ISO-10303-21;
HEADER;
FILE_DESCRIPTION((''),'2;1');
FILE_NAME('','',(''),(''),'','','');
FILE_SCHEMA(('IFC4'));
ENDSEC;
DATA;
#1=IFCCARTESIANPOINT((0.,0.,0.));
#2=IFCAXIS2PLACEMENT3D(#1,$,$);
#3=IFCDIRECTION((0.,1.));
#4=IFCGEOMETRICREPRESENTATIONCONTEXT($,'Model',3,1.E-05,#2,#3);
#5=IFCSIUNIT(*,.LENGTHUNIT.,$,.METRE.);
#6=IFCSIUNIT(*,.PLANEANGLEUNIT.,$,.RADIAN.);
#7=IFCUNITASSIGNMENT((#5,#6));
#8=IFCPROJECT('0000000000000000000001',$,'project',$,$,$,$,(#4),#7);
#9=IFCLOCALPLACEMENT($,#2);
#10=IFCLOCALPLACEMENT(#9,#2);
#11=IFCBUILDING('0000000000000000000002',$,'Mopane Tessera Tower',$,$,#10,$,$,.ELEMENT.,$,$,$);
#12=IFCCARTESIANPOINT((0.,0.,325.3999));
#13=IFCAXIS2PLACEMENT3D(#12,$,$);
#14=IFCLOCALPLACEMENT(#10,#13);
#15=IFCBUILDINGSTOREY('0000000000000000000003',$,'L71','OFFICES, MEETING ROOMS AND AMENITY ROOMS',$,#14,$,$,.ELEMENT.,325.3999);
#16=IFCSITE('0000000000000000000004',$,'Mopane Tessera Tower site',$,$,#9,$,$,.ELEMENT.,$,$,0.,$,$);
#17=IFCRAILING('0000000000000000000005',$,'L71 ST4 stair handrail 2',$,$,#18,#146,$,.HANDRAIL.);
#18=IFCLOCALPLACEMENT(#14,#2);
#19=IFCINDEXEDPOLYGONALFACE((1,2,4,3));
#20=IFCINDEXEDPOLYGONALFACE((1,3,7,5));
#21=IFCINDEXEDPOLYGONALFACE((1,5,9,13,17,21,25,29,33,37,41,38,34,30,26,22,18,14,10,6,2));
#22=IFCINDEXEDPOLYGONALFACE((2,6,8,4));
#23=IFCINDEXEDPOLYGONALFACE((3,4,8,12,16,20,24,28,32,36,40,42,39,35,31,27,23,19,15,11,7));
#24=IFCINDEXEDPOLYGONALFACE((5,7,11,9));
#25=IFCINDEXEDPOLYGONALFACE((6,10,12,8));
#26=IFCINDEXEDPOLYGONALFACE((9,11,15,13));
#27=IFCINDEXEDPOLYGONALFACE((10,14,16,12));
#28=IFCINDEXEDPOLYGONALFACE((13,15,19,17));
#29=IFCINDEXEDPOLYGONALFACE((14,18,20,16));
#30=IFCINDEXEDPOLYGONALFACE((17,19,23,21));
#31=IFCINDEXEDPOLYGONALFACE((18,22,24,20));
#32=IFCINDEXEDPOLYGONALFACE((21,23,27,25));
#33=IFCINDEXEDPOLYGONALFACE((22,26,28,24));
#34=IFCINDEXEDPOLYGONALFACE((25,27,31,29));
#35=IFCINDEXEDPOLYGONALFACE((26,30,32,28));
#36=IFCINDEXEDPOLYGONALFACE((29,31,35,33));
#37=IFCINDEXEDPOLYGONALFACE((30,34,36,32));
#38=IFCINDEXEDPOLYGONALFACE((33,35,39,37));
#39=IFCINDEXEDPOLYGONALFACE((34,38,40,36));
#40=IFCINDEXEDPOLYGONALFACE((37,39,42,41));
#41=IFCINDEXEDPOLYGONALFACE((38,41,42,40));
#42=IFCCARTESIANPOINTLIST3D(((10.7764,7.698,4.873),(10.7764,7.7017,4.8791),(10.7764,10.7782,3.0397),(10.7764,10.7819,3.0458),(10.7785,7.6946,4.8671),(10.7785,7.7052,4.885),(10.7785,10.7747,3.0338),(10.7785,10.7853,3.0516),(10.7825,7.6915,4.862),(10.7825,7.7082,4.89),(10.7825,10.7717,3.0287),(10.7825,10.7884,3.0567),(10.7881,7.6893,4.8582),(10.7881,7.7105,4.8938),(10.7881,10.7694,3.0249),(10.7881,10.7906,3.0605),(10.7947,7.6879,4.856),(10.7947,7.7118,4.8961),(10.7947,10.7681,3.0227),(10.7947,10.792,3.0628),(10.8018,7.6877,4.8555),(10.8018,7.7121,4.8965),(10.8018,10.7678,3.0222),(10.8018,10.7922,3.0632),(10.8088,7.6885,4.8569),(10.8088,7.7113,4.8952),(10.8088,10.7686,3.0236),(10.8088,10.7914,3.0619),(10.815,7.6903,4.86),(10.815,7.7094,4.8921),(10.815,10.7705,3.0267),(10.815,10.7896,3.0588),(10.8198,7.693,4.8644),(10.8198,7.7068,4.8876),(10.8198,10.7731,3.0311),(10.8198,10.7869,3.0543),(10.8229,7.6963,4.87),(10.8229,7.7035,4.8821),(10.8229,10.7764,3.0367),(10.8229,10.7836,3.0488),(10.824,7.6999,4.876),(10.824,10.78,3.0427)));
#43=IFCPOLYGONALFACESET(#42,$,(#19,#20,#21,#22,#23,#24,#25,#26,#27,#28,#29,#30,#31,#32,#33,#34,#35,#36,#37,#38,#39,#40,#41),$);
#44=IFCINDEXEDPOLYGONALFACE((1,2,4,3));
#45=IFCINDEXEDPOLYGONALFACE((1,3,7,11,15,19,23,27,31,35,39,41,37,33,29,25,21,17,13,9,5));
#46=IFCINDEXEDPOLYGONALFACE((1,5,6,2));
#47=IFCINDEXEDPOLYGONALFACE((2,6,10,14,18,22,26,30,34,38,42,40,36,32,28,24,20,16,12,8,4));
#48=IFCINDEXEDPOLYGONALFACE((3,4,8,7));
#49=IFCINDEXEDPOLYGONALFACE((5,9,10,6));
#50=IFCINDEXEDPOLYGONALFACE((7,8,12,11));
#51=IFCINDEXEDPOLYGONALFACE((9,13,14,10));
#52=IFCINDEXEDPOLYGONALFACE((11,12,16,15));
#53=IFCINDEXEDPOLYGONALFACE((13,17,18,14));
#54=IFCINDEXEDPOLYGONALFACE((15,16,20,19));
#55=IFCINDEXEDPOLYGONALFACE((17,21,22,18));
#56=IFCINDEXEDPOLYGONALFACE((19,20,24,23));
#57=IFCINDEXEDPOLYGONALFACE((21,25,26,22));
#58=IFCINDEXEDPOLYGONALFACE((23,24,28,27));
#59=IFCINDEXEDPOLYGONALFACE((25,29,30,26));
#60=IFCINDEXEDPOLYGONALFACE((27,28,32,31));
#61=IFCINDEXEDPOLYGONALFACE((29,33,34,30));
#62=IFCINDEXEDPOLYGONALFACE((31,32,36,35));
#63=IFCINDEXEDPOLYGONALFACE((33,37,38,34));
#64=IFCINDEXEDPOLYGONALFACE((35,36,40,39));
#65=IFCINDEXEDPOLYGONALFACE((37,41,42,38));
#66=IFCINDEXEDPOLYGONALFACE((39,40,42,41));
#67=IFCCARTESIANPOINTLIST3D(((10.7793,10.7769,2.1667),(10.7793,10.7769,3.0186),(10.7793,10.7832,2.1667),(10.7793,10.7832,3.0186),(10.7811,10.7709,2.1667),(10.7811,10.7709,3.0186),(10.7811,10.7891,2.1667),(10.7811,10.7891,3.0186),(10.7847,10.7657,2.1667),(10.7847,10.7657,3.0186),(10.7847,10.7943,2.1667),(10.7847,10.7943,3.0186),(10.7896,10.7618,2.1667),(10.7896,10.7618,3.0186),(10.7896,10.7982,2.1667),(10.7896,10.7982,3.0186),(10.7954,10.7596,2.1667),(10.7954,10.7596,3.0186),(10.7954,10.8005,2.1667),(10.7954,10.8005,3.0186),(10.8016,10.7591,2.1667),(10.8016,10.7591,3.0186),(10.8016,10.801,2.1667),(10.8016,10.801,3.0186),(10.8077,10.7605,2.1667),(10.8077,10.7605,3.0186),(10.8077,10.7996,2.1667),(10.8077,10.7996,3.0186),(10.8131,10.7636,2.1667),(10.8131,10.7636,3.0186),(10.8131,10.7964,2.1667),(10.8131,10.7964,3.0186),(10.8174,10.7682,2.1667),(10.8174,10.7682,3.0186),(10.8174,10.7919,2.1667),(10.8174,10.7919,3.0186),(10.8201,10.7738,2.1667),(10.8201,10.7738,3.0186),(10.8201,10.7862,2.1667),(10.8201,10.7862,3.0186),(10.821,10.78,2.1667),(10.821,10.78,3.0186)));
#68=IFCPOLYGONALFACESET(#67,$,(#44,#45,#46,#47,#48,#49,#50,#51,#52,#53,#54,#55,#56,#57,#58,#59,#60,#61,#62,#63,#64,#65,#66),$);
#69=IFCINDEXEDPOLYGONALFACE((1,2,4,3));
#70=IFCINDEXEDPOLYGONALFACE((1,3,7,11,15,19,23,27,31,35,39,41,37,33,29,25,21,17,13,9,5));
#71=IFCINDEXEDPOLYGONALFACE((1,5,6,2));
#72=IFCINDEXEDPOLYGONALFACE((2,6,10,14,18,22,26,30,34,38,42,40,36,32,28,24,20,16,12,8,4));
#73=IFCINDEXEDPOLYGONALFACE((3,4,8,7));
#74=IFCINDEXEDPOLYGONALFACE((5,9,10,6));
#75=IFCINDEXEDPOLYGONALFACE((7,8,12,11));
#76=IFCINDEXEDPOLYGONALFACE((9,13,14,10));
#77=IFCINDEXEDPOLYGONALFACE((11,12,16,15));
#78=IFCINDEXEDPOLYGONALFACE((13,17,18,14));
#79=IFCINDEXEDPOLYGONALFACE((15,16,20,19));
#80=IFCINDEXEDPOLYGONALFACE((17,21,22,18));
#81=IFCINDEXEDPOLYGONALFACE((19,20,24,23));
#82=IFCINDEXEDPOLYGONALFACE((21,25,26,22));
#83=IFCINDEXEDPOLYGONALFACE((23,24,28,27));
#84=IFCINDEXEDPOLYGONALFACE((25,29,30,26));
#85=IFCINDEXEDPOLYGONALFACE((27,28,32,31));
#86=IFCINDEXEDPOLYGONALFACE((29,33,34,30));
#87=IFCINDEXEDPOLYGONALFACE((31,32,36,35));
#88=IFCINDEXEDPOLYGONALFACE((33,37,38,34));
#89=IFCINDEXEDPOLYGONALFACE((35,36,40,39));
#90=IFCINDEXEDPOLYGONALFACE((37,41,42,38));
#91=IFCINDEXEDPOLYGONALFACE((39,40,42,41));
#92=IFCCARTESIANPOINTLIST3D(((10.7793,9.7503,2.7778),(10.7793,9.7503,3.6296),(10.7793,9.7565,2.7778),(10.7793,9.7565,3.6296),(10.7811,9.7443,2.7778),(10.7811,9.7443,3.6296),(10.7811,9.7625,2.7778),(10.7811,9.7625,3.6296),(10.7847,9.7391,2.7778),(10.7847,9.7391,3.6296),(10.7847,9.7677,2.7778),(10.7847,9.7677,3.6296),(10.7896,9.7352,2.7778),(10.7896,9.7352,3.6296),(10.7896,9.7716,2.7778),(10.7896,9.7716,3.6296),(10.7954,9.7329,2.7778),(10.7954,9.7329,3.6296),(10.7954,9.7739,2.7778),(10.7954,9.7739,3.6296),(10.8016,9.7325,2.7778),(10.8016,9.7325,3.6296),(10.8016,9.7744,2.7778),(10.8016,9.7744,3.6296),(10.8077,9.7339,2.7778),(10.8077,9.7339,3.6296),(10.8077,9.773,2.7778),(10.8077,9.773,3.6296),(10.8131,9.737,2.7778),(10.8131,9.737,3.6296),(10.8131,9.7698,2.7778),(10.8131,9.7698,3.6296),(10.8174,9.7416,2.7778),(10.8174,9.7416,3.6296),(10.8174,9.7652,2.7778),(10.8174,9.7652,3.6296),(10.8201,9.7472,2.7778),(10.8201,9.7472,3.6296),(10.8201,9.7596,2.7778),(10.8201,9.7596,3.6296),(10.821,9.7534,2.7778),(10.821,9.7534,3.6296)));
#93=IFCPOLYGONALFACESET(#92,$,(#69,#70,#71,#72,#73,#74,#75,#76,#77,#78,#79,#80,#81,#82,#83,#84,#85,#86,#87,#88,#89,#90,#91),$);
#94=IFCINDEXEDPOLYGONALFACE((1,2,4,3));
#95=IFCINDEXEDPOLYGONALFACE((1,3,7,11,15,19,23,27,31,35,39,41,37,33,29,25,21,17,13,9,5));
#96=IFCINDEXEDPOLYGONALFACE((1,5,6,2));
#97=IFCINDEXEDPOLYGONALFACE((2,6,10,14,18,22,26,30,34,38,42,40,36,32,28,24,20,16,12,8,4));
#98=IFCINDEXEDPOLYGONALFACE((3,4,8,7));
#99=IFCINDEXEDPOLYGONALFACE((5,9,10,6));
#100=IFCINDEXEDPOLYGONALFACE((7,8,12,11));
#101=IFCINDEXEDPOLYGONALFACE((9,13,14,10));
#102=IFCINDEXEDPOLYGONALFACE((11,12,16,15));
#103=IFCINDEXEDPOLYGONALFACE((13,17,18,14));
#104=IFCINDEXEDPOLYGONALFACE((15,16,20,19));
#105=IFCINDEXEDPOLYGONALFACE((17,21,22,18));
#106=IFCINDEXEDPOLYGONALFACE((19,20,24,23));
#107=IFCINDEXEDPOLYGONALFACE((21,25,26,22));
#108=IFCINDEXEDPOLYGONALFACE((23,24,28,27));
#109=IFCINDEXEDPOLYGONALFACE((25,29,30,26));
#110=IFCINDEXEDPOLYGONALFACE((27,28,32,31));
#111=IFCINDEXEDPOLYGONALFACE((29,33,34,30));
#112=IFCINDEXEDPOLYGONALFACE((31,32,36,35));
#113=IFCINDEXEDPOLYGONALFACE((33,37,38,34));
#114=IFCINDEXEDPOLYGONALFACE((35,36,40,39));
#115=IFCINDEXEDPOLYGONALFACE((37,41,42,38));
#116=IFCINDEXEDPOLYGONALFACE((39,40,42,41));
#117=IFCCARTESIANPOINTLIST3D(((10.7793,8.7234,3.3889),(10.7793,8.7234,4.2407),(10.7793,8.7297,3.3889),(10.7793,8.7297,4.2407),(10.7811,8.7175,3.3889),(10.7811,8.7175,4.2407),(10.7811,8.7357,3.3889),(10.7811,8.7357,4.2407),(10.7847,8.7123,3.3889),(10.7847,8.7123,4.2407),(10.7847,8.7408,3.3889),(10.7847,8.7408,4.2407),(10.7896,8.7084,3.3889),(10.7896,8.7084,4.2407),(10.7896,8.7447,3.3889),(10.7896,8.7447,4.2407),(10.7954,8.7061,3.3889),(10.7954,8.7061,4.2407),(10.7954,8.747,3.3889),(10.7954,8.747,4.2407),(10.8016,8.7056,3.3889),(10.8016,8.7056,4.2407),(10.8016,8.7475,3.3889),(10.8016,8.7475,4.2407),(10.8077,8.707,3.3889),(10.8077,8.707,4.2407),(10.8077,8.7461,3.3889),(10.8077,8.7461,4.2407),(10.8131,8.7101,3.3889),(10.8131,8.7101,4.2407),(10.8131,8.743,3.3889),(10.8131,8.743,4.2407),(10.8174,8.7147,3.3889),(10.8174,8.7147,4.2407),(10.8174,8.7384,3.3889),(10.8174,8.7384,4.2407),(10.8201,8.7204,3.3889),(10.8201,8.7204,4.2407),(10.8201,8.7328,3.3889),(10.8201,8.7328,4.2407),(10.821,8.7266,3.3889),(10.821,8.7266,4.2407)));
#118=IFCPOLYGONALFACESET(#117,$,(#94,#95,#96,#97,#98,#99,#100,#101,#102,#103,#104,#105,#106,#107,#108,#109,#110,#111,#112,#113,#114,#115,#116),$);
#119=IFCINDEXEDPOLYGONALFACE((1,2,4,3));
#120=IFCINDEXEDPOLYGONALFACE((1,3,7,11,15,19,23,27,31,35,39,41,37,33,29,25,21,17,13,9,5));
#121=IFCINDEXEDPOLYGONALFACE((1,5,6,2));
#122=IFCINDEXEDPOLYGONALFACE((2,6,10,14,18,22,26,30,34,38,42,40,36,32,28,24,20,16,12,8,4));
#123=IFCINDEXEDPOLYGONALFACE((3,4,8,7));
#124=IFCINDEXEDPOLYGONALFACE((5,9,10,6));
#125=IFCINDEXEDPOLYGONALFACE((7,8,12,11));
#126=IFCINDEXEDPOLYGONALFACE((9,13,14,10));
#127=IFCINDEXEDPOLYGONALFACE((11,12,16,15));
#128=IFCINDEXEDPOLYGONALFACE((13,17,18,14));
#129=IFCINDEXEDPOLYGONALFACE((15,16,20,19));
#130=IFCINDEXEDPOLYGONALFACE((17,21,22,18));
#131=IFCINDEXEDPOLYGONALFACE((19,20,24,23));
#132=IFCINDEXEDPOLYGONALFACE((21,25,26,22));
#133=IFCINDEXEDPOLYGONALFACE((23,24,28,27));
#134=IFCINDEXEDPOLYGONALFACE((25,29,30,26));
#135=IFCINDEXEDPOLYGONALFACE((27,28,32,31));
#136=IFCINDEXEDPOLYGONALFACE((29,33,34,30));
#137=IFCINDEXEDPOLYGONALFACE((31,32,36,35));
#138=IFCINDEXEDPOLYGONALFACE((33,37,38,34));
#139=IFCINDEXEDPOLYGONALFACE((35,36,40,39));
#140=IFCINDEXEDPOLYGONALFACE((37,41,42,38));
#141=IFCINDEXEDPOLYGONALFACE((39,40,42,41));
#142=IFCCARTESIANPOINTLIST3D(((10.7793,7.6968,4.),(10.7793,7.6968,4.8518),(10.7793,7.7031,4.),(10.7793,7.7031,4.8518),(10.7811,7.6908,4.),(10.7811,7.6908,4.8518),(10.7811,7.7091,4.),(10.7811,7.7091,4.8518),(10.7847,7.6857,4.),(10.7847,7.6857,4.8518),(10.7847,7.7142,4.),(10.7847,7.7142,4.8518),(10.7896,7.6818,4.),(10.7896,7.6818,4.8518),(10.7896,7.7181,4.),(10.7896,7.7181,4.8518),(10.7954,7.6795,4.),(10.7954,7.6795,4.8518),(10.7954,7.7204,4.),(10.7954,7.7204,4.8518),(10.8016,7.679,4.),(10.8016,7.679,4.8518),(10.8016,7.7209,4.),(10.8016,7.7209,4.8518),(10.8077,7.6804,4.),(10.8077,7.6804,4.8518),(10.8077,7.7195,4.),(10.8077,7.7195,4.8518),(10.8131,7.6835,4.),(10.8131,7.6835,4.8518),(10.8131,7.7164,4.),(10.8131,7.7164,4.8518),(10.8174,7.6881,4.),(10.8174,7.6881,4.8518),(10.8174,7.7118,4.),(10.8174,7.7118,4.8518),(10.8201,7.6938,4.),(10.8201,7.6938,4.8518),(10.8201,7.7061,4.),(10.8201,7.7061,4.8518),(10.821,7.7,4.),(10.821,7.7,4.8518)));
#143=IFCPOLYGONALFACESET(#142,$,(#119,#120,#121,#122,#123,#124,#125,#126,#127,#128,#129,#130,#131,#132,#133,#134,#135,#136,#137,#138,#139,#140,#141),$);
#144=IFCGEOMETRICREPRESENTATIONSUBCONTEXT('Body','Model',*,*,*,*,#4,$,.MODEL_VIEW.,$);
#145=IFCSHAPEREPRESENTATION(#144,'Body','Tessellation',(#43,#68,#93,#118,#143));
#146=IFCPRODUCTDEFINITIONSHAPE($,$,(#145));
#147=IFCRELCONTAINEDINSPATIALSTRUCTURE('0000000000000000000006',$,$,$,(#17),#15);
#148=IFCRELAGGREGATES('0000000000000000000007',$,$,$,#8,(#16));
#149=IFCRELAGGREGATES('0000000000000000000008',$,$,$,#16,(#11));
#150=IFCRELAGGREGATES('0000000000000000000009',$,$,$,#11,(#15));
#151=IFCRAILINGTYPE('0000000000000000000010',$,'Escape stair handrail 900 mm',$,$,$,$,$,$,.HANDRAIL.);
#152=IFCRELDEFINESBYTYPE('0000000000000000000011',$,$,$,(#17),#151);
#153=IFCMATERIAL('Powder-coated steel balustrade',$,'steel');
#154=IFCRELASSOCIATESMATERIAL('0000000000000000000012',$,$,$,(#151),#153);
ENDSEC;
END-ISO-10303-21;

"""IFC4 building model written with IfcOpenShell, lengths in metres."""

from ifc_helpers import new_model, si_unit, direction, frame, origin, origin_2d, place, context, subcontext, project, spatial, circle, extrude, material, type_object, element, save


model = new_model("IFC4")

# Units and contexts
model_context = context("Model", 3, precision=1e-05, world=origin(), true_north=direction((0.0, 1.0)))
body_context = subcontext(model_context, "Body", "Model", "MODEL_VIEW")
ifc_project = project(units=[si_unit("LENGTHUNIT", "METRE"), si_unit("PLANEANGLEUNIT", "RADIAN")], contexts=[model_context])

# Site, building, storey
site_placement = place(None, origin())
site = spatial("IfcSite", under=ifc_project, at=site_placement, Name="Mopane Tessera Tower site", CompositionType="ELEMENT", RefElevation=0.0)
building_placement = place(site_placement, origin())
building = spatial("IfcBuilding", under=site, at=building_placement, Name="Mopane Tessera Tower", CompositionType="ELEMENT")
storey_placement = place(building_placement, frame((0.0, 0.0, 325.3999)))
storey = spatial("IfcBuildingStorey", under=building, at=storey_placement, Name="L71", Description="OFFICES, MEETING ROOMS AND AMENITY ROOMS", CompositionType="ELEMENT", Elevation=325.3999)

# Railing
ifc_material_1 = material(Name="Powder-coated steel balustrade", Category="steel")
railing_type_1 = type_object("IfcRailingType", Name="Escape stair handrail 900 mm", PredefinedType="HANDRAIL", material=ifc_material_1)
railing_1_placement = place(storey_placement, frame((10.8, 10.78, 2.1667)))
element("IfcRailing", 1, at=railing_1_placement, inside=storey, type_object=railing_type_1, Name="L71 ST4 stair handrail 2", PredefinedType="HANDRAIL", context=body_context, shape_type="SweptSolid", body=[
    extrude(circle(Radius=0.0239, at=origin_2d()), frame((0.0, 0.0, 0.876), z_axis=(0.0, -0.859309, 0.511458), x_axis=(1.0, 0.0, 0.0)), (0.0, 0.0, 1.0), 3.5845),
    extrude(circle(Radius=0.021, at=origin_2d()), origin(), (0.0, 0.0, 1.0), 0.8518),
    extrude(circle(Radius=0.021, at=origin_2d()), frame((0.0, -1.0266, 0.6111)), (0.0, 0.0, 1.0), 0.8518),
    extrude(circle(Radius=0.021, at=origin_2d()), frame((0.0, -2.0535, 1.2222)), (0.0, 0.0, 1.0), 0.8518),
    extrude(circle(Radius=0.021, at=origin_2d()), frame((0.0, -3.0801, 1.8333)), (0.0, 0.0, 1.0), 0.8518),
])

save(model, "model.ifc")
